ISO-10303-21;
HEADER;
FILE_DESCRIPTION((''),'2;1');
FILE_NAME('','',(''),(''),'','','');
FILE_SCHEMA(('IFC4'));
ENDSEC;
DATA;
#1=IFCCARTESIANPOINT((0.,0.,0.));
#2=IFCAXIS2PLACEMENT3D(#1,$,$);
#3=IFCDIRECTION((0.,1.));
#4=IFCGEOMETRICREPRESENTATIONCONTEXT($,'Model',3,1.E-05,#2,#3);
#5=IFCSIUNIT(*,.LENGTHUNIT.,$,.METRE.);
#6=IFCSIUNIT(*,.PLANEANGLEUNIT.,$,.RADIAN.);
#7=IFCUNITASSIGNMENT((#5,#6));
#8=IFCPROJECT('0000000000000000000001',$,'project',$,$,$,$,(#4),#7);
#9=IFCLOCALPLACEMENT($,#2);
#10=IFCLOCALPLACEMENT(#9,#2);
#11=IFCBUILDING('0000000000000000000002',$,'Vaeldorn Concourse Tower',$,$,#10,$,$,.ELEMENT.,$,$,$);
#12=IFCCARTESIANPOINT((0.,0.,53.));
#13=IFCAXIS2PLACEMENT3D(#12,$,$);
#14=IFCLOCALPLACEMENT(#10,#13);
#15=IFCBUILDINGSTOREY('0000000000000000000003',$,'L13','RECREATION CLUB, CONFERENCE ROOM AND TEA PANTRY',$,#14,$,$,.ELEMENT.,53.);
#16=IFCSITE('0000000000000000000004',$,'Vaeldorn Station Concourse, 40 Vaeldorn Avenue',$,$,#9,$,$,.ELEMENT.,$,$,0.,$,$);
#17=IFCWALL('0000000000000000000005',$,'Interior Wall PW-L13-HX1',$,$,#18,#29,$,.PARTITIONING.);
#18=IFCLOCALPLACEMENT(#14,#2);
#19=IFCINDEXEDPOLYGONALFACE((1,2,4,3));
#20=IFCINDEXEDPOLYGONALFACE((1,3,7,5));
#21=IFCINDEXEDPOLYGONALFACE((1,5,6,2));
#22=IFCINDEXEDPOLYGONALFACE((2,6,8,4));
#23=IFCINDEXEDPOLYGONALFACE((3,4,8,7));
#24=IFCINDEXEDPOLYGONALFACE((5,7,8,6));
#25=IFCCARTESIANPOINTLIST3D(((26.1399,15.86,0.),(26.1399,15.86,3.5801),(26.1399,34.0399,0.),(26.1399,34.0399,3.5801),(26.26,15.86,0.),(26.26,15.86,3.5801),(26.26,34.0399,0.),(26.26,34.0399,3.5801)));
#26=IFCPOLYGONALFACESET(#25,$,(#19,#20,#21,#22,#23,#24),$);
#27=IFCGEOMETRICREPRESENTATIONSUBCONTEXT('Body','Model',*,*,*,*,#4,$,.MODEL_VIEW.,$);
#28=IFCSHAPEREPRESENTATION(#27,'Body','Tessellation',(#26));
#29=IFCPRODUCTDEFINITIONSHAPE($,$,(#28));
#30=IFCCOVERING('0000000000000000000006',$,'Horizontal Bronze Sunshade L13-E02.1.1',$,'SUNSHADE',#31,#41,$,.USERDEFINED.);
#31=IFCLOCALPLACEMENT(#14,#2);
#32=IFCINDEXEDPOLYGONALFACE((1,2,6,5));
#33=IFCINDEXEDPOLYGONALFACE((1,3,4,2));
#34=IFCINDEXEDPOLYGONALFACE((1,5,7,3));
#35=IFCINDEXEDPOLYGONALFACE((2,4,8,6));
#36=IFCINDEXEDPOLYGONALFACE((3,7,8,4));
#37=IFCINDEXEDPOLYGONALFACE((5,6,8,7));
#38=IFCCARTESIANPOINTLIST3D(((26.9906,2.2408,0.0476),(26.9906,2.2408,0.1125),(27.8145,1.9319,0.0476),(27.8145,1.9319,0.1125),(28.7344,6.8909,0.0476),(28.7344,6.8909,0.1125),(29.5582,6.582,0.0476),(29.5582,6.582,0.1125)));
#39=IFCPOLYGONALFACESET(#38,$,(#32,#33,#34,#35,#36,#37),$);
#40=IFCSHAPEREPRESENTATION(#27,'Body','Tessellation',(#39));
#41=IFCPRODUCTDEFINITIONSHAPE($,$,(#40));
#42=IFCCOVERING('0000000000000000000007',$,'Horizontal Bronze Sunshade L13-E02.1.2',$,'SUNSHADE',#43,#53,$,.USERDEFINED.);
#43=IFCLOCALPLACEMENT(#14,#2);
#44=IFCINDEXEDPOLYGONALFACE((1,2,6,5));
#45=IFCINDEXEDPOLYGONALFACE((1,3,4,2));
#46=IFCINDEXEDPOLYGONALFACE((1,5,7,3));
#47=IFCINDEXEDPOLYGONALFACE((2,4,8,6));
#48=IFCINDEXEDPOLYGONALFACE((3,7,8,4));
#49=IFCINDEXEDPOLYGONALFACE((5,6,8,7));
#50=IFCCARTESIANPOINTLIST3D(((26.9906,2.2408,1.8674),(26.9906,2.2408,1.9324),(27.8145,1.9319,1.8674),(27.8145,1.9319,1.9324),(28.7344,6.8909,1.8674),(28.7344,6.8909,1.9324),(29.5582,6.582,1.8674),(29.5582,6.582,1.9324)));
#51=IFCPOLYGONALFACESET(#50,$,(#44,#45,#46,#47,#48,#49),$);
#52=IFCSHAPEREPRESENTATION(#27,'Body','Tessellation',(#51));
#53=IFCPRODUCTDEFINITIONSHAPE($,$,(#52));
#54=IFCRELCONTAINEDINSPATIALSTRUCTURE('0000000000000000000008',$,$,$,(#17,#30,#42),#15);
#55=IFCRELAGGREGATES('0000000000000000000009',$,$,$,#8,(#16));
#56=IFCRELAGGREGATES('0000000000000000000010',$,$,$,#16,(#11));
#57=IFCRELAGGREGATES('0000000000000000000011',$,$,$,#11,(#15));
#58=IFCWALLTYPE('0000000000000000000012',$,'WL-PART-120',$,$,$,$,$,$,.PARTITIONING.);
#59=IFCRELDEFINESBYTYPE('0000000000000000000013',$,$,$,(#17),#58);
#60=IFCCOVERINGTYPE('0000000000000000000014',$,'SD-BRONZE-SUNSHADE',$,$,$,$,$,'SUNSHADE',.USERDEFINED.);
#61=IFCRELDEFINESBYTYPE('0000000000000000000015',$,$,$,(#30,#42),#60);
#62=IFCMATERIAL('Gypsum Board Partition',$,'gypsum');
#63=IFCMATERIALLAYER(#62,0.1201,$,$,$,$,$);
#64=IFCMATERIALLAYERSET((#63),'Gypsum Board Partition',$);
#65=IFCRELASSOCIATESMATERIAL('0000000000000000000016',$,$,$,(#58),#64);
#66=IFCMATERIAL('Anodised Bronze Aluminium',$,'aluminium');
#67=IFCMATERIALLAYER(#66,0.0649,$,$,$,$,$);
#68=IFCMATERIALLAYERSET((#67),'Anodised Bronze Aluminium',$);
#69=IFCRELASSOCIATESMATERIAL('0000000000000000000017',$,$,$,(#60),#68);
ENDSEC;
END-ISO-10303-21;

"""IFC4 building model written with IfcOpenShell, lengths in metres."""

from ifc_helpers import new_model, si_unit, direction, frame, frame_2d, origin, origin_2d, place, context, subcontext, project, spatial, rectangle, extrude, source, transform, mapped, material, layer, layer_set, type_object, element, save


model = new_model("IFC4")

# Units and contexts
model_context = context("Model", 3, precision=1e-05, world=origin(), true_north=direction((0.0, 1.0)))
body_context = subcontext(model_context, "Body", "Model", "MODEL_VIEW")
ifc_project = project(units=[si_unit("LENGTHUNIT", "METRE"), si_unit("PLANEANGLEUNIT", "RADIAN")], contexts=[model_context])

# Site, building, storey
site_placement = place(None, origin())
site = spatial("IfcSite", under=ifc_project, at=site_placement, Name="Vaeldorn Station Concourse, 40 Vaeldorn Avenue", CompositionType="ELEMENT", RefElevation=0.0)
building_placement = place(site_placement, origin())
building = spatial("IfcBuilding", under=site, at=building_placement, Name="Vaeldorn Concourse Tower", CompositionType="ELEMENT")
storey_placement = place(building_placement, frame((0.0, 0.0, 53.0)))
storey = spatial("IfcBuildingStorey", under=building, at=storey_placement, Name="L13", Description="RECREATION CLUB, CONFERENCE ROOM AND TEA PANTRY", CompositionType="ELEMENT", Elevation=53.0)

# Shared definitions
ifc_material_1 = material(Name="Anodised Bronze Aluminium", Category="aluminium")

# Shared definitions
ifc_material_2 = material(Name="Gypsum Board Partition", Category="gypsum")
ifc_layer_1 = layer(ifc_material_2, 0.1201)
ifc_layer_set_1 = layer_set([ifc_layer_1], Name="Gypsum Board Partition")
wall_type = type_object("IfcWallType", Name="WL-PART-120", PredefinedType="PARTITIONING", material=ifc_layer_set_1)

# Wall
wall_1_placement = place(storey_placement, frame((26.2, 15.8601, 0.0), z_axis=(0.0, 0.0, 1.0), x_axis=(0.0, 1.0, 0.0)))
element("IfcWall", 1, at=wall_1_placement, inside=storey, type_object=wall_type, Name="Interior Wall PW-L13-HX1", PredefinedType="PARTITIONING", context=body_context, shape_type="SweptSolid", body=[
    extrude(rectangle(XDim=18.1799, YDim=0.1201, at=frame_2d((9.0898, 0.0))), origin(), (0.0, 0.0, 1.0), 3.5801),
])

# Coverings
ifc_layer_2 = layer(ifc_material_1, 0.0649)
ifc_layer_set_2 = layer_set([ifc_layer_2], Name="Anodised Bronze Aluminium")
covering_type = type_object("IfcCoveringType", Name="SD-BRONZE-SUNSHADE", ElementType="SUNSHADE", PredefinedType="USERDEFINED", material=ifc_layer_set_2)
shared_shape_1 = source(origin(), body_context, "Body", "SweptSolid", [
    extrude(rectangle(XDim=4.9663, YDim=0.8799, at=origin_2d()), origin(), (0.0, 0.0, 1.0), 0.0649),
])
for number, where, z_axis, x_axis, name in (
    (2, (28.2744, 4.4114, 0.0476), (0.0, 0.0, 1.0), (0.351123, 0.936329, 0.0), "Horizontal Bronze Sunshade L13-E02.1.1"),
    (3, (28.2744, 4.4114, 1.8674), (0.0, 0.0, 1.0), (0.351123, 0.936329, 0.0), "Horizontal Bronze Sunshade L13-E02.1.2"),
):
    element("IfcCovering", number, at=place(storey_placement, frame(where, z_axis=z_axis, x_axis=x_axis)), inside=storey, type_object=covering_type, Name=name, ObjectType="SUNSHADE", PredefinedType="USERDEFINED", context=body_context, shape_type="MappedRepresentation", body=[
        mapped(shared_shape_1, transform((0.0, 0.0, 0.0), scale=1.0)),
    ])

save(model, "model.ifc")
